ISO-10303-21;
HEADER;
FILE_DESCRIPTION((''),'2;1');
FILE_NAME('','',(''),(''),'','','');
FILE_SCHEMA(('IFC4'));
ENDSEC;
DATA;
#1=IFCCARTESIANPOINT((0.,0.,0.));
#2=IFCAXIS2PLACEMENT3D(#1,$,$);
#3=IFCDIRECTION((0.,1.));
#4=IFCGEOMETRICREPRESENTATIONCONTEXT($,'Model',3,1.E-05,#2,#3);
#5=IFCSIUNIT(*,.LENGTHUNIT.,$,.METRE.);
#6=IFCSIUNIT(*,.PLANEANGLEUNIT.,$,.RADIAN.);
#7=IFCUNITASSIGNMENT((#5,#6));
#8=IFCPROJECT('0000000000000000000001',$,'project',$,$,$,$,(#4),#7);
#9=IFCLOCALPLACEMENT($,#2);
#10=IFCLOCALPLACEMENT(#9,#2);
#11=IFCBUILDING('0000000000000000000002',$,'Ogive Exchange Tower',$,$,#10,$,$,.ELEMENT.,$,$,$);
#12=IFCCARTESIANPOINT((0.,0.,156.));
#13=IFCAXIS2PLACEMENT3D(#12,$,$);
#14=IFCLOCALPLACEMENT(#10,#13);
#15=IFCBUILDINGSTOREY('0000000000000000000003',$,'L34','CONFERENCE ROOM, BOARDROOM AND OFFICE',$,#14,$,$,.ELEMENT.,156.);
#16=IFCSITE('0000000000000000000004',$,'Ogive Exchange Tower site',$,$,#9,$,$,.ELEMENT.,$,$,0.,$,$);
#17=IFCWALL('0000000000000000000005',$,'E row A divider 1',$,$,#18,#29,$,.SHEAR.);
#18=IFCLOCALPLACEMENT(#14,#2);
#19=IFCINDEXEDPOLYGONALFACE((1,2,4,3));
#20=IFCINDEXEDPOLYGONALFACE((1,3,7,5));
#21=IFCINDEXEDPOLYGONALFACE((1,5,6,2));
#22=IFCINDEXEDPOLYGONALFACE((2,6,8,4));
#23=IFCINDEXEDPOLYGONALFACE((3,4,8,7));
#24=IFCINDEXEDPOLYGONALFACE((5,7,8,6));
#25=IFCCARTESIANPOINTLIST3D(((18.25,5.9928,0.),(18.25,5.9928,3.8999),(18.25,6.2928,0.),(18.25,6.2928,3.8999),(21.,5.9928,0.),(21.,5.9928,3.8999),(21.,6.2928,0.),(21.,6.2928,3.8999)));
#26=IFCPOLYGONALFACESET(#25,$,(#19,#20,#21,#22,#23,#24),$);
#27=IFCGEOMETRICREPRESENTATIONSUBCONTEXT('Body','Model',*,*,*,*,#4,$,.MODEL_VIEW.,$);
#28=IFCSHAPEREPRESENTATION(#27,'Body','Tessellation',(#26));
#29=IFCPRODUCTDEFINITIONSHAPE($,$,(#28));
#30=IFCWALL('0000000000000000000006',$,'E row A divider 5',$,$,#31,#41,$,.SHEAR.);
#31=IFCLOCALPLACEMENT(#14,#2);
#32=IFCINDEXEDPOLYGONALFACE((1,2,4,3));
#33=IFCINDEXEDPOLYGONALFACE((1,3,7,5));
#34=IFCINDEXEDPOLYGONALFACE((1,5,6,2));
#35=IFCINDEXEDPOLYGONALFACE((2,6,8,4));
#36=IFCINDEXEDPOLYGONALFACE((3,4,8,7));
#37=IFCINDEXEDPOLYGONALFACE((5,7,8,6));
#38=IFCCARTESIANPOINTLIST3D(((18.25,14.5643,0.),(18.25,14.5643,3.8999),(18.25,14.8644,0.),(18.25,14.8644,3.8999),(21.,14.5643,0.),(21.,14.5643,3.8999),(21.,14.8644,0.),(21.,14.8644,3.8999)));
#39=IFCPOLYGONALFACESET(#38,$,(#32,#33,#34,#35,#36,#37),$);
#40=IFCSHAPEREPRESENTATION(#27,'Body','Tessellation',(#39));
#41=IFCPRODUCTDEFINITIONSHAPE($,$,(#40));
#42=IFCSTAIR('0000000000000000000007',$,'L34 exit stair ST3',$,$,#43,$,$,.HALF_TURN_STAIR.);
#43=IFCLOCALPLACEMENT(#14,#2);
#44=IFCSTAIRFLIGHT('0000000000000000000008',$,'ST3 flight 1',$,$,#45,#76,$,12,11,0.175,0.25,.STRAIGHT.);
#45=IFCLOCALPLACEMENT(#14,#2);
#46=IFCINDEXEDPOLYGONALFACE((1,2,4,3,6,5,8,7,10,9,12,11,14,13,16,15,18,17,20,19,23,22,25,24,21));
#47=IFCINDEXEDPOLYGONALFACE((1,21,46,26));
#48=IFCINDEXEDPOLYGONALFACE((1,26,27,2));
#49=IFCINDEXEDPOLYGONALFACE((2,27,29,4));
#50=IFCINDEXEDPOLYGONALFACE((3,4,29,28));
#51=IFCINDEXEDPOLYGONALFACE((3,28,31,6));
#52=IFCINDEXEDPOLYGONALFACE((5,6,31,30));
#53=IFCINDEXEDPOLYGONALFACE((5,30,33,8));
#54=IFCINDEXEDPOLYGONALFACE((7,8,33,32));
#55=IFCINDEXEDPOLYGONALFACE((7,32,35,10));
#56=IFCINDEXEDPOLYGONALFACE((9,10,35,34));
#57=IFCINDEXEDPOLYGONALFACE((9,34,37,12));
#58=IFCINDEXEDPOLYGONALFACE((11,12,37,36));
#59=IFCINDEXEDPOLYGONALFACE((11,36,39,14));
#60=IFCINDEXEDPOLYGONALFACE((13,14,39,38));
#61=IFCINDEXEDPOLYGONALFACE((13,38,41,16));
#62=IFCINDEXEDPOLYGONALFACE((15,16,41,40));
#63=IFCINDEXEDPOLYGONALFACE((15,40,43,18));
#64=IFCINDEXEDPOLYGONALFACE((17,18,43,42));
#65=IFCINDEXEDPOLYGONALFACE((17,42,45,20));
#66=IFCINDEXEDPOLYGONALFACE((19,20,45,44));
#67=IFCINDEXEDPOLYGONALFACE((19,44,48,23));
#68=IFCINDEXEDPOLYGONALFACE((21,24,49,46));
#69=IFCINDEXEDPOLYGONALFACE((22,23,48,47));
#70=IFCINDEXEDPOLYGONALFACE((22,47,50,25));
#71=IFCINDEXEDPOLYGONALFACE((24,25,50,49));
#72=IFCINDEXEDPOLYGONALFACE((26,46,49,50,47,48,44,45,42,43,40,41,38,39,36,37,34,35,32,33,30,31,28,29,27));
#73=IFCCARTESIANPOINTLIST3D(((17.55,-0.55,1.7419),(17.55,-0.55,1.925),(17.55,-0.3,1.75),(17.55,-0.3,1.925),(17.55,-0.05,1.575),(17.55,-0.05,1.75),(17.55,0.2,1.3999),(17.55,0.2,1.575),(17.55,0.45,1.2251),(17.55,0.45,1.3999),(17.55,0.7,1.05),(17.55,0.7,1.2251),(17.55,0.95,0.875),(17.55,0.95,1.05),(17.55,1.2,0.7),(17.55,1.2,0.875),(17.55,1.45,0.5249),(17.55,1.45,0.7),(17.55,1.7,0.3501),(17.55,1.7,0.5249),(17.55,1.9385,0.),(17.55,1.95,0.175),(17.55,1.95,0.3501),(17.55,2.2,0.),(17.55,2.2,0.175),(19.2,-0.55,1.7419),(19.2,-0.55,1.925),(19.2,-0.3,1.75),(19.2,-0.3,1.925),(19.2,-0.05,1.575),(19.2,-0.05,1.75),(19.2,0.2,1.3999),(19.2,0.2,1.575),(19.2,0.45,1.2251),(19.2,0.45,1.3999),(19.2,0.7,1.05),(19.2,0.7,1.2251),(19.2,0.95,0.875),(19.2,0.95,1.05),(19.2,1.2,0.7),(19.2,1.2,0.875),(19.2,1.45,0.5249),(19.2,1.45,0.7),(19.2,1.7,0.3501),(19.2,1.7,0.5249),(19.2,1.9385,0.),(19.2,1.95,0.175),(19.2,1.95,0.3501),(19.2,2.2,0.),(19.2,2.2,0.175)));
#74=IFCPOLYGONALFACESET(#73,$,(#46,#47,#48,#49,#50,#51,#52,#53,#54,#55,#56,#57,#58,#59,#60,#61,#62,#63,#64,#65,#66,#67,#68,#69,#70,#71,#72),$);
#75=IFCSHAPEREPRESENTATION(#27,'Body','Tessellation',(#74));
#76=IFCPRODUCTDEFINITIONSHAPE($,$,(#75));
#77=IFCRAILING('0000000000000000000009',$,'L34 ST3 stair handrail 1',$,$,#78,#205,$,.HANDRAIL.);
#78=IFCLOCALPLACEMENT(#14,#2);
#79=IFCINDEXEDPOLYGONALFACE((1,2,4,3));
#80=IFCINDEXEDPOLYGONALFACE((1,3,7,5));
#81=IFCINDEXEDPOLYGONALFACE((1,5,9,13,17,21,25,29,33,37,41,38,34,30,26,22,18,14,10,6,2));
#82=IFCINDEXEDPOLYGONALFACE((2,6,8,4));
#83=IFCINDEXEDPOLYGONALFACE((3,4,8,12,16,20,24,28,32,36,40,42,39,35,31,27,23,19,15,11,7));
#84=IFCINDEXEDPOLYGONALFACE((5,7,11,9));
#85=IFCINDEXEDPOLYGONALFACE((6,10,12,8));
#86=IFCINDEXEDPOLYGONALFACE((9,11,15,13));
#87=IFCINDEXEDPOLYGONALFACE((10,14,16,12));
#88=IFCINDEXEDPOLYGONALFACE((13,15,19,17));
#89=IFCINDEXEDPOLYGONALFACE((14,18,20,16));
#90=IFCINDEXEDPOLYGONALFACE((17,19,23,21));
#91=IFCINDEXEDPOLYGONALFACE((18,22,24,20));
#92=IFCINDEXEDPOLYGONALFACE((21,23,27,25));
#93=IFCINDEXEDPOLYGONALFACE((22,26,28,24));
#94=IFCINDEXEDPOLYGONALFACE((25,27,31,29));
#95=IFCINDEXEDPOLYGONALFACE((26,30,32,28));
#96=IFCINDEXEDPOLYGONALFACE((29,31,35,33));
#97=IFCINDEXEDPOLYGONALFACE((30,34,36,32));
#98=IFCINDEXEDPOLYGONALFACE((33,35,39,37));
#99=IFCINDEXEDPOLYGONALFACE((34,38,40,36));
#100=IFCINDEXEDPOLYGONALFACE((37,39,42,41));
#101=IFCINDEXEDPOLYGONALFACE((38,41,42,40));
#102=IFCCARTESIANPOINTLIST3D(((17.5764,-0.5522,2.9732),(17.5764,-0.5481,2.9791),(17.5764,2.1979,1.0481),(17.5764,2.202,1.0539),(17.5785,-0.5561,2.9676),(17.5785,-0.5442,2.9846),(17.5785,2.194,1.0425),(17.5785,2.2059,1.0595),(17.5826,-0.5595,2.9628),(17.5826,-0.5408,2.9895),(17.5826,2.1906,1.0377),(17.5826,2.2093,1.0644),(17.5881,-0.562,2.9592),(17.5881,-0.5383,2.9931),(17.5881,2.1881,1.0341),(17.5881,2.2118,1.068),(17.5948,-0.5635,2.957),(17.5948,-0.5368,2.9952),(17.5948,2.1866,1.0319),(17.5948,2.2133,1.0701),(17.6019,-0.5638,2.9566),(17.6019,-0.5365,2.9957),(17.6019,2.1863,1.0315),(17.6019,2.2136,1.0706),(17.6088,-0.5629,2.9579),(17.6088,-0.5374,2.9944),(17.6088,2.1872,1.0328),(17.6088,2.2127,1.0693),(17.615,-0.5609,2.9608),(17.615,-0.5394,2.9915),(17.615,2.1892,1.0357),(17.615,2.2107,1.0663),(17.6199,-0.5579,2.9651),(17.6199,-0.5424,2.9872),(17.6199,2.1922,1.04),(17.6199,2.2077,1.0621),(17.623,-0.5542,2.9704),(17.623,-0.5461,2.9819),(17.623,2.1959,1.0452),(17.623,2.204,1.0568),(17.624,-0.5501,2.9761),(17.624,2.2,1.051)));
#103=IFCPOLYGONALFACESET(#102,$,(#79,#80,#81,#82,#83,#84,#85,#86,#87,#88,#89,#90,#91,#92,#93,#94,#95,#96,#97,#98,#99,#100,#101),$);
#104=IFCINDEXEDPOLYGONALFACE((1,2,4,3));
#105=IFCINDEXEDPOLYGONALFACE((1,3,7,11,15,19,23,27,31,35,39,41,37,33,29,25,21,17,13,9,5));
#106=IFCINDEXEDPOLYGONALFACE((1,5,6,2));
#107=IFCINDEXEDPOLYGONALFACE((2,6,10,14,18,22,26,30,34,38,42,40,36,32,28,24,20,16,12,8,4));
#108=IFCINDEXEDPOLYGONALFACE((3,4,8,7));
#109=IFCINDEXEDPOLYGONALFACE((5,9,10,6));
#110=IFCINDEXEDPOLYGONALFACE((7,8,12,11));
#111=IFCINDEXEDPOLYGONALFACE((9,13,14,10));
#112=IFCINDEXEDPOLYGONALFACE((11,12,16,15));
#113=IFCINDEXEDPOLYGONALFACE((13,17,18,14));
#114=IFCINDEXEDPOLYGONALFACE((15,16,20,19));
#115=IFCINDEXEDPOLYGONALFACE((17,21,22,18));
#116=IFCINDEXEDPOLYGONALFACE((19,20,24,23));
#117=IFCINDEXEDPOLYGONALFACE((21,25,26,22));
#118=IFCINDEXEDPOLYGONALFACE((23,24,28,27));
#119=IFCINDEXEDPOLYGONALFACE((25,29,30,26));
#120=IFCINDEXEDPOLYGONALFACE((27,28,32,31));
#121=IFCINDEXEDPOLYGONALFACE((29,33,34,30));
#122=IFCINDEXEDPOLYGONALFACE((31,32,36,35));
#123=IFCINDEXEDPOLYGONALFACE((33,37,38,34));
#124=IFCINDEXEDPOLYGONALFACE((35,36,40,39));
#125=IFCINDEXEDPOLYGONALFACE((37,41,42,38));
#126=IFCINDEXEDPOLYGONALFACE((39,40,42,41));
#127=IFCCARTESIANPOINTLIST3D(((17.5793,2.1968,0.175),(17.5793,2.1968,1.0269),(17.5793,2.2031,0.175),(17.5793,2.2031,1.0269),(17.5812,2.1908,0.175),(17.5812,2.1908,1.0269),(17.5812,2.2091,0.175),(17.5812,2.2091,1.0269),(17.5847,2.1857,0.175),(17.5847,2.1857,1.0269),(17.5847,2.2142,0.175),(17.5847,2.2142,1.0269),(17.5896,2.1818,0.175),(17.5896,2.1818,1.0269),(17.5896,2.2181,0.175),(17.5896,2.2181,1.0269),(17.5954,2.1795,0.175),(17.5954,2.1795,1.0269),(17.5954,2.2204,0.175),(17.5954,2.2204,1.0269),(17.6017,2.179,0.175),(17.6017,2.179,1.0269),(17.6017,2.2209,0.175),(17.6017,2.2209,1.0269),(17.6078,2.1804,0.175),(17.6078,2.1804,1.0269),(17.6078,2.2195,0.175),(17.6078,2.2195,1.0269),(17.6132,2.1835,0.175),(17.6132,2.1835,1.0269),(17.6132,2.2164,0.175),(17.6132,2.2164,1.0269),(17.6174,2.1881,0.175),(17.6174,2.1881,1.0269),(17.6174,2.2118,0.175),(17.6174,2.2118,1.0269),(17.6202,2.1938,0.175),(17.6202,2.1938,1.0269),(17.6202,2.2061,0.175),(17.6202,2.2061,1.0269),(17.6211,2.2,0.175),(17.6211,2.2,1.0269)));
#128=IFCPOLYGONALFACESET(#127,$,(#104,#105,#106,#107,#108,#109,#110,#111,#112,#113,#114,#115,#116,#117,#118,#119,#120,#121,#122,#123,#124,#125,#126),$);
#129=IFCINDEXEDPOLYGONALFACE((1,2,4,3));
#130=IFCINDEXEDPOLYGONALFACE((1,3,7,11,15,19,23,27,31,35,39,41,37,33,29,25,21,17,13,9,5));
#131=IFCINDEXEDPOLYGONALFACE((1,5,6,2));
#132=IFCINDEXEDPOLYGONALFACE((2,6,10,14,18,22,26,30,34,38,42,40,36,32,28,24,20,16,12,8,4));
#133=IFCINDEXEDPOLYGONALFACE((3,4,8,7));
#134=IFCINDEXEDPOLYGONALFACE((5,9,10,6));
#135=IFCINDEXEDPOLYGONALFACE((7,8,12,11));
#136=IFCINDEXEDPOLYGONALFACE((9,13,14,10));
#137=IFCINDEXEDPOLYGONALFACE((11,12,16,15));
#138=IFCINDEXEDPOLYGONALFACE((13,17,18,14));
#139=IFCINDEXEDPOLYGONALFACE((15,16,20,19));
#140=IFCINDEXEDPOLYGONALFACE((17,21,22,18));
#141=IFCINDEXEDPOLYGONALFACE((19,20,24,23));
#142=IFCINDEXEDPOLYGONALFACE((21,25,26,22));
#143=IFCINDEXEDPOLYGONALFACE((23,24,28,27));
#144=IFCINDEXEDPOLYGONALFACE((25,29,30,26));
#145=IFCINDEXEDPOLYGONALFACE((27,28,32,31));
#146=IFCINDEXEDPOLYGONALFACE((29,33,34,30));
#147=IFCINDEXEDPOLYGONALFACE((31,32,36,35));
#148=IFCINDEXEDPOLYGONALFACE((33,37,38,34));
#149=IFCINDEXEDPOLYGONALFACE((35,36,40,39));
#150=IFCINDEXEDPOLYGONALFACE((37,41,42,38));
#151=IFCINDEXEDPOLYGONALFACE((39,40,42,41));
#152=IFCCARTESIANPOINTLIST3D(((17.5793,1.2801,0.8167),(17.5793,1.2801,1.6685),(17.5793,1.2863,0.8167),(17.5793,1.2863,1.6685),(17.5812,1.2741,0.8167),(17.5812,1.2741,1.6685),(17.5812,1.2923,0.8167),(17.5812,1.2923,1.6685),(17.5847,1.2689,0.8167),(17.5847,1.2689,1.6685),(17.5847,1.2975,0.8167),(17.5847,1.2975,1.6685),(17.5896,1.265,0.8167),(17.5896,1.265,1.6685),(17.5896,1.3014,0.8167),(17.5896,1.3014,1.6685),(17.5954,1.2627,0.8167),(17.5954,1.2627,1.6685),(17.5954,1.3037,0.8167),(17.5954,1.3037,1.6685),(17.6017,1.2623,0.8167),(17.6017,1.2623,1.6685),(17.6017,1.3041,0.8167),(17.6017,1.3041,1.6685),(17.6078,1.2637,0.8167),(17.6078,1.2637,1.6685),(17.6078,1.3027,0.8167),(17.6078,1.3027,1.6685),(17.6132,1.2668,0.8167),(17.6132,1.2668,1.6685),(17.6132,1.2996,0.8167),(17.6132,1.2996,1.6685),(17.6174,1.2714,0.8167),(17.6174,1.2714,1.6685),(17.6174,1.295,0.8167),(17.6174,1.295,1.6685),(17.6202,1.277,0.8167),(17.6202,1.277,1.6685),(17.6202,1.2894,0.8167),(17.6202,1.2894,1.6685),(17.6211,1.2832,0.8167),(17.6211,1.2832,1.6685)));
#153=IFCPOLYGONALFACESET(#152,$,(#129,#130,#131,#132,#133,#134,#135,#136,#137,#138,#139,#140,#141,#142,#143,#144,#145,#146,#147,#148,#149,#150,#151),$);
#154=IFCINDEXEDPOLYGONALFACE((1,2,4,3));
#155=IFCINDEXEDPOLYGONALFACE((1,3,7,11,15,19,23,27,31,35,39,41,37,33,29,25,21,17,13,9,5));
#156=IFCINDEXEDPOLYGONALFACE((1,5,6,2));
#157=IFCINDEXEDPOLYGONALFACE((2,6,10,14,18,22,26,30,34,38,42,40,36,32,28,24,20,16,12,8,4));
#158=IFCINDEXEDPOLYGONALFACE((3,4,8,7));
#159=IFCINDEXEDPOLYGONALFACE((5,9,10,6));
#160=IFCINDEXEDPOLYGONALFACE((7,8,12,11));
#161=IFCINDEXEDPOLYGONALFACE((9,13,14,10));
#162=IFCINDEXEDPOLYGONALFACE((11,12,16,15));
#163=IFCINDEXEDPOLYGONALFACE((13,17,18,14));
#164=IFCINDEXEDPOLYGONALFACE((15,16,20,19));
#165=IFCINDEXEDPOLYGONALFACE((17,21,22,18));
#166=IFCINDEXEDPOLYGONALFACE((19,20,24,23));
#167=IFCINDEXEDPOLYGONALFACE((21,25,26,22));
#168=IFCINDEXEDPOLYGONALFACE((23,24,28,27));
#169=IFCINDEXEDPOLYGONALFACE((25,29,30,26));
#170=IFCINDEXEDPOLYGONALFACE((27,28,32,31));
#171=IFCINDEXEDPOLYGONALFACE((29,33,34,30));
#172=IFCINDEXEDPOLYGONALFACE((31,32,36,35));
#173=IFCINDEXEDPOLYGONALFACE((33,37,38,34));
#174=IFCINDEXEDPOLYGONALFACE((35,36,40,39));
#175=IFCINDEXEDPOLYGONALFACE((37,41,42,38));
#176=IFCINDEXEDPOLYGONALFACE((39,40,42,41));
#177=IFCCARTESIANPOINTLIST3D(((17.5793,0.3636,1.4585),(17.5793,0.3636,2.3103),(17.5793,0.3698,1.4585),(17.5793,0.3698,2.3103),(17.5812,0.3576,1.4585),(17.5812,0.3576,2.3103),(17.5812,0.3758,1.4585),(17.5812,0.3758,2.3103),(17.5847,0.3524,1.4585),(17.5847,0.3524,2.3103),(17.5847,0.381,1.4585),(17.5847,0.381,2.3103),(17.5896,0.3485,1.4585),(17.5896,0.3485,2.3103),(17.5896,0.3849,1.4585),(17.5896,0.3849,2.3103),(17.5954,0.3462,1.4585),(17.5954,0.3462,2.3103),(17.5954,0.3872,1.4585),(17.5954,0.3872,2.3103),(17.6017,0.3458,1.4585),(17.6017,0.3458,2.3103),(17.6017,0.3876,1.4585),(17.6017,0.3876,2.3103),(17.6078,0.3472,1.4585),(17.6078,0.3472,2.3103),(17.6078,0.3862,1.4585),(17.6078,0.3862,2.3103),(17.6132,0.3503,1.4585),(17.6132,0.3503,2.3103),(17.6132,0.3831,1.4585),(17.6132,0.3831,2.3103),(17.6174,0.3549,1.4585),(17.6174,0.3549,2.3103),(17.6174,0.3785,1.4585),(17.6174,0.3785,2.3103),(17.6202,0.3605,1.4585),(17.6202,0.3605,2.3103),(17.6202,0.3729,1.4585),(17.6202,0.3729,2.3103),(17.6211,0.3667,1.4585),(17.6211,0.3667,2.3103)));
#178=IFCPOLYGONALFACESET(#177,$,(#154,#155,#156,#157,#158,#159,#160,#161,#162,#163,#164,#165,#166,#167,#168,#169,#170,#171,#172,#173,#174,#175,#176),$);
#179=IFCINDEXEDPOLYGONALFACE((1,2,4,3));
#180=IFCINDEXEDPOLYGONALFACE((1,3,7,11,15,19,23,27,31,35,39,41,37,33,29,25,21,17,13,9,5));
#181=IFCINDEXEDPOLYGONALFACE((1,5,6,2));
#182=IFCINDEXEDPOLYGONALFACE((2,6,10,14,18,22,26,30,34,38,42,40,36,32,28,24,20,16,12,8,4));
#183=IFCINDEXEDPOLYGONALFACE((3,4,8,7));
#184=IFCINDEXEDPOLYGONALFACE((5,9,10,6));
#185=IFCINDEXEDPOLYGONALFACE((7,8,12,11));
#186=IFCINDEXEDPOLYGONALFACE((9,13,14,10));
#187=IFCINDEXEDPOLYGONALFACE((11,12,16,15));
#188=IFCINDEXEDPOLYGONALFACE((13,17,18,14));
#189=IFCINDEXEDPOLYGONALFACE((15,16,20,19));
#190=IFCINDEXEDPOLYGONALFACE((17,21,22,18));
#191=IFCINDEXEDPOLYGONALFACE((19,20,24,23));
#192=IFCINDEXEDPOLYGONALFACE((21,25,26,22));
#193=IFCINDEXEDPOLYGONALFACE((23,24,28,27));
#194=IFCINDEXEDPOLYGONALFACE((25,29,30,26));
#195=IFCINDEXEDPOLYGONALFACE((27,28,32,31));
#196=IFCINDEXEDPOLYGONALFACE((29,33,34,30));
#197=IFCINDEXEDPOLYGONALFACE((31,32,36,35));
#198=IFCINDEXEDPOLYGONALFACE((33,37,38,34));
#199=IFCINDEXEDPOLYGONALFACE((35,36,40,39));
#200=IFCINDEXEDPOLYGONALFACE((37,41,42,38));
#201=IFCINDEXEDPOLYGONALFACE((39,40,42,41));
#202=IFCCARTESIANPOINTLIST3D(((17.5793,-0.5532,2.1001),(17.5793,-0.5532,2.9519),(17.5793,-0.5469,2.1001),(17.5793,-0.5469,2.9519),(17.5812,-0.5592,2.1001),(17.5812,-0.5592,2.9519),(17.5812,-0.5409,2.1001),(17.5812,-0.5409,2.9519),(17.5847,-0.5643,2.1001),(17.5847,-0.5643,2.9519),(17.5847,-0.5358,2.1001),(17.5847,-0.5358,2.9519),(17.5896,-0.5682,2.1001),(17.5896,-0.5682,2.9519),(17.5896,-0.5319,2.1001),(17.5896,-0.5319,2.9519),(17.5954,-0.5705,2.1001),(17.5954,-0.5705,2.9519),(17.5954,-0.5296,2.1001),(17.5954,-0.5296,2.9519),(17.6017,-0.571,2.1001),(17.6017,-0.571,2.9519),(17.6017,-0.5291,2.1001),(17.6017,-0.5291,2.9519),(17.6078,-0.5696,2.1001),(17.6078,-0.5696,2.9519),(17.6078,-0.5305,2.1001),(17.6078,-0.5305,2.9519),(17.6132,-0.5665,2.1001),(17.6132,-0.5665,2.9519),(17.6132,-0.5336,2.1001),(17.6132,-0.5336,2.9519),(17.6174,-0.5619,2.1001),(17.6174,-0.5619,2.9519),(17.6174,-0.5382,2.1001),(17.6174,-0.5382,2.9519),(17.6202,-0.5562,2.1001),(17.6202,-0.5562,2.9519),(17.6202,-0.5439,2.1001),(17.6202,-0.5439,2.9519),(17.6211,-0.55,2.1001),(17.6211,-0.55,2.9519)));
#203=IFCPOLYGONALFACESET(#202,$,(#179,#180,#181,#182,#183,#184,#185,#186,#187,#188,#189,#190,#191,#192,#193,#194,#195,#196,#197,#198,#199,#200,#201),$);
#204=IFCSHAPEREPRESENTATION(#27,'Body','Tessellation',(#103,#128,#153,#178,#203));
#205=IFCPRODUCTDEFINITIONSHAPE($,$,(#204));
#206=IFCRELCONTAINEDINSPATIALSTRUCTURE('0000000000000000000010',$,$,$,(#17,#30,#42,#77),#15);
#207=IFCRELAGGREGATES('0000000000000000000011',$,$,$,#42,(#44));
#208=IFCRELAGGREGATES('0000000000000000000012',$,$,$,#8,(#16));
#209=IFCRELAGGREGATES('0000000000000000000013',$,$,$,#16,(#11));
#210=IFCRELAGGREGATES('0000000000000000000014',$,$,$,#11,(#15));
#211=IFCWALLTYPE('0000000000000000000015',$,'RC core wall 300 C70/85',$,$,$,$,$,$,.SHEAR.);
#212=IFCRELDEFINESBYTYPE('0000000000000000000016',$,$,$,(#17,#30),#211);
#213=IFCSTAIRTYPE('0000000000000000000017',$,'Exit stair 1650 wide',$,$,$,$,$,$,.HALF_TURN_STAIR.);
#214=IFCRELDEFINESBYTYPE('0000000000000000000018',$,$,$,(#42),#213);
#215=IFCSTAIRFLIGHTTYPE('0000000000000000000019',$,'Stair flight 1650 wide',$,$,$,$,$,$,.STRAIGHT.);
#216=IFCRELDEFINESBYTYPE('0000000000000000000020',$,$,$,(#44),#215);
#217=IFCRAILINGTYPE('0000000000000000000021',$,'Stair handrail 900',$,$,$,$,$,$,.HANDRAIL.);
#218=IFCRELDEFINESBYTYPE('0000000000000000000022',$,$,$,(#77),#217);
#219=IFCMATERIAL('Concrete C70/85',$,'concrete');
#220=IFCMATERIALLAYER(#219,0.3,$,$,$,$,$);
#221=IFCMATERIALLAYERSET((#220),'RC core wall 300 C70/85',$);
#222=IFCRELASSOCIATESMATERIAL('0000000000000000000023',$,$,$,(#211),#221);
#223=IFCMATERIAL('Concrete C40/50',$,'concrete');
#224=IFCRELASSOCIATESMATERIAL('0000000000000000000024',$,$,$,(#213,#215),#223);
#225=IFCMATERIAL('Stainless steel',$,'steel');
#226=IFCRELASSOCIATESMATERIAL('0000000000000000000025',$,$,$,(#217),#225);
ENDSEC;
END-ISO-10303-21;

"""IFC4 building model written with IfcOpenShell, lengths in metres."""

from ifc_helpers import new_model, si_unit, direction, frame, frame_2d, origin, origin_2d, place, context, subcontext, project, spatial, polyline, rectangle, circle, outline, extrude, material, layer, layer_set, type_object, element, aggregate, save


model = new_model("IFC4")

# Units and contexts
model_context = context("Model", 3, precision=1e-05, world=origin(), true_north=direction((0.0, 1.0)))
body_context = subcontext(model_context, "Body", "Model", "MODEL_VIEW")
ifc_project = project(units=[si_unit("LENGTHUNIT", "METRE"), si_unit("PLANEANGLEUNIT", "RADIAN")], contexts=[model_context])

# Site, building, storey
site_placement = place(None, origin())
site = spatial("IfcSite", under=ifc_project, at=site_placement, Name="Ogive Exchange Tower site", CompositionType="ELEMENT", RefElevation=0.0)
building_placement = place(site_placement, origin())
building = spatial("IfcBuilding", under=site, at=building_placement, Name="Ogive Exchange Tower", CompositionType="ELEMENT")
storey_placement = place(building_placement, frame((0.0, 0.0, 156.0)))
storey = spatial("IfcBuildingStorey", under=building, at=storey_placement, Name="L34", Description="CONFERENCE ROOM, BOARDROOM AND OFFICE", CompositionType="ELEMENT", Elevation=156.0)

# Shared definitions
ifc_material_1 = material(Name="Concrete C70/85", Category="concrete")

# Shared definitions
ifc_material_2 = material(Name="Stainless steel", Category="steel")

# Walls
ifc_layer_1 = layer(ifc_material_1, 0.3)
ifc_layer_set_1 = layer_set([ifc_layer_1], Name="RC core wall 300 C70/85")
wall_type_1 = type_object("IfcWallType", Name="RC core wall 300 C70/85", PredefinedType="SHEAR", material=ifc_layer_set_1)
for number, where, z_axis, x_axis, name in (
    (1, (18.25, 6.1428, 0.0), (0.0, 0.0, 1.0), (1.0, 0.0, 0.0), "E row A divider 1"),
    (2, (18.25, 14.7144, 0.0), (0.0, 0.0, 1.0), (1.0, 0.0, 0.0), "E row A divider 5"),
):
    element("IfcWall", number, at=place(storey_placement, frame(where, z_axis=z_axis, x_axis=x_axis)), inside=storey, type_object=wall_type_1, Name=name, PredefinedType="SHEAR", context=body_context, shape_type="SweptSolid", body=[
        extrude(rectangle(XDim=2.75, YDim=0.3, at=frame_2d((1.375, 0.0))), origin(), (0.0, 0.0, 1.0), 3.8999),
    ])

# Stair, stair flight
ifc_material_3 = material(Name="Concrete C40/50", Category="concrete")
stair_type = type_object("IfcStairType", Name="Exit stair 1650 wide", PredefinedType="HALF_TURN_STAIR", material=ifc_material_3)
stair_placement = place(storey_placement, origin())
stair = element("IfcStair", 3, at=stair_placement, inside=storey, type_object=stair_type, Name="L34 exit stair ST3", PredefinedType="HALF_TURN_STAIR")
stair_flight_type = type_object("IfcStairFlightType", Name="Stair flight 1650 wide", PredefinedType="STRAIGHT", material=ifc_material_3)
stair_flight_placement = place(storey_placement, frame((18.375, 2.2, 0.0), z_axis=(0.0, 0.0, 1.0), x_axis=(0.0, -1.0, 0.0)))
stair_flight = element("IfcStairFlight", 4, at=stair_flight_placement, type_object=stair_flight_type, Name="ST3 flight 1", NumberOfRisers=12, NumberOfTreads=11, PredefinedType="STRAIGHT", RiserHeight=0.175, TreadLength=0.25, context=body_context, shape_type="SweptSolid", body=[
    extrude(outline(polyline([(0.0, 0.0), (0.0, 0.175), (0.25, 0.175), (0.25, 0.3501), (0.5, 0.3501), (0.5, 0.5249), (0.75, 0.5249), (0.75, 0.7), (1.0, 0.7), (1.0, 0.875), (1.25, 0.875), (1.25, 1.05), (1.5, 1.05), (1.5, 1.2251), (1.75, 1.2251), (1.75, 1.3999), (2.0, 1.3999), (2.0, 1.575), (2.25, 1.575), (2.25, 1.75), (2.5, 1.75), (2.5, 1.925), (2.75, 1.925), (2.75, 2.1001), (2.75, 1.7419), (0.2615, 0.0), (0.0, 0.0)])), frame((0.0, 0.825, 0.0), z_axis=(0.0, -1.0, 0.0), x_axis=(1.0, 0.0, 0.0)), (0.0, 0.0, 1.0), 1.6499),
])
aggregate(stair, [stair_flight])

# Railing
railing_type = type_object("IfcRailingType", Name="Stair handrail 900", PredefinedType="HANDRAIL", material=ifc_material_2)
railing_placement = place(storey_placement, frame((17.6001, 2.2, 0.175)))
element("IfcRailing", 5, at=railing_placement, inside=storey, type_object=railing_type, Name="L34 ST3 stair handrail 1", PredefinedType="HANDRAIL", context=body_context, shape_type="SweptSolid", body=[
    extrude(circle(Radius=0.0239, at=origin_2d()), frame((0.0, 0.0, 0.876), z_axis=(0.0, -0.819225, 0.573472), x_axis=(1.0, 0.0, 0.0)), (0.0, 0.0, 1.0), 3.3569),
    extrude(circle(Radius=0.021, at=origin_2d()), origin(), (0.0, 0.0, 1.0), 0.8518),
    extrude(circle(Radius=0.021, at=origin_2d()), frame((0.0, -0.9167, 0.6416)), (0.0, 0.0, 1.0), 0.8518),
    extrude(circle(Radius=0.021, at=origin_2d()), frame((0.0, -1.8333, 1.2834)), (0.0, 0.0, 1.0), 0.8518),
    extrude(circle(Radius=0.021, at=origin_2d()), frame((0.0, -2.75, 1.925)), (0.0, 0.0, 1.0), 0.8518),
])

save(model, "model.ifc")
